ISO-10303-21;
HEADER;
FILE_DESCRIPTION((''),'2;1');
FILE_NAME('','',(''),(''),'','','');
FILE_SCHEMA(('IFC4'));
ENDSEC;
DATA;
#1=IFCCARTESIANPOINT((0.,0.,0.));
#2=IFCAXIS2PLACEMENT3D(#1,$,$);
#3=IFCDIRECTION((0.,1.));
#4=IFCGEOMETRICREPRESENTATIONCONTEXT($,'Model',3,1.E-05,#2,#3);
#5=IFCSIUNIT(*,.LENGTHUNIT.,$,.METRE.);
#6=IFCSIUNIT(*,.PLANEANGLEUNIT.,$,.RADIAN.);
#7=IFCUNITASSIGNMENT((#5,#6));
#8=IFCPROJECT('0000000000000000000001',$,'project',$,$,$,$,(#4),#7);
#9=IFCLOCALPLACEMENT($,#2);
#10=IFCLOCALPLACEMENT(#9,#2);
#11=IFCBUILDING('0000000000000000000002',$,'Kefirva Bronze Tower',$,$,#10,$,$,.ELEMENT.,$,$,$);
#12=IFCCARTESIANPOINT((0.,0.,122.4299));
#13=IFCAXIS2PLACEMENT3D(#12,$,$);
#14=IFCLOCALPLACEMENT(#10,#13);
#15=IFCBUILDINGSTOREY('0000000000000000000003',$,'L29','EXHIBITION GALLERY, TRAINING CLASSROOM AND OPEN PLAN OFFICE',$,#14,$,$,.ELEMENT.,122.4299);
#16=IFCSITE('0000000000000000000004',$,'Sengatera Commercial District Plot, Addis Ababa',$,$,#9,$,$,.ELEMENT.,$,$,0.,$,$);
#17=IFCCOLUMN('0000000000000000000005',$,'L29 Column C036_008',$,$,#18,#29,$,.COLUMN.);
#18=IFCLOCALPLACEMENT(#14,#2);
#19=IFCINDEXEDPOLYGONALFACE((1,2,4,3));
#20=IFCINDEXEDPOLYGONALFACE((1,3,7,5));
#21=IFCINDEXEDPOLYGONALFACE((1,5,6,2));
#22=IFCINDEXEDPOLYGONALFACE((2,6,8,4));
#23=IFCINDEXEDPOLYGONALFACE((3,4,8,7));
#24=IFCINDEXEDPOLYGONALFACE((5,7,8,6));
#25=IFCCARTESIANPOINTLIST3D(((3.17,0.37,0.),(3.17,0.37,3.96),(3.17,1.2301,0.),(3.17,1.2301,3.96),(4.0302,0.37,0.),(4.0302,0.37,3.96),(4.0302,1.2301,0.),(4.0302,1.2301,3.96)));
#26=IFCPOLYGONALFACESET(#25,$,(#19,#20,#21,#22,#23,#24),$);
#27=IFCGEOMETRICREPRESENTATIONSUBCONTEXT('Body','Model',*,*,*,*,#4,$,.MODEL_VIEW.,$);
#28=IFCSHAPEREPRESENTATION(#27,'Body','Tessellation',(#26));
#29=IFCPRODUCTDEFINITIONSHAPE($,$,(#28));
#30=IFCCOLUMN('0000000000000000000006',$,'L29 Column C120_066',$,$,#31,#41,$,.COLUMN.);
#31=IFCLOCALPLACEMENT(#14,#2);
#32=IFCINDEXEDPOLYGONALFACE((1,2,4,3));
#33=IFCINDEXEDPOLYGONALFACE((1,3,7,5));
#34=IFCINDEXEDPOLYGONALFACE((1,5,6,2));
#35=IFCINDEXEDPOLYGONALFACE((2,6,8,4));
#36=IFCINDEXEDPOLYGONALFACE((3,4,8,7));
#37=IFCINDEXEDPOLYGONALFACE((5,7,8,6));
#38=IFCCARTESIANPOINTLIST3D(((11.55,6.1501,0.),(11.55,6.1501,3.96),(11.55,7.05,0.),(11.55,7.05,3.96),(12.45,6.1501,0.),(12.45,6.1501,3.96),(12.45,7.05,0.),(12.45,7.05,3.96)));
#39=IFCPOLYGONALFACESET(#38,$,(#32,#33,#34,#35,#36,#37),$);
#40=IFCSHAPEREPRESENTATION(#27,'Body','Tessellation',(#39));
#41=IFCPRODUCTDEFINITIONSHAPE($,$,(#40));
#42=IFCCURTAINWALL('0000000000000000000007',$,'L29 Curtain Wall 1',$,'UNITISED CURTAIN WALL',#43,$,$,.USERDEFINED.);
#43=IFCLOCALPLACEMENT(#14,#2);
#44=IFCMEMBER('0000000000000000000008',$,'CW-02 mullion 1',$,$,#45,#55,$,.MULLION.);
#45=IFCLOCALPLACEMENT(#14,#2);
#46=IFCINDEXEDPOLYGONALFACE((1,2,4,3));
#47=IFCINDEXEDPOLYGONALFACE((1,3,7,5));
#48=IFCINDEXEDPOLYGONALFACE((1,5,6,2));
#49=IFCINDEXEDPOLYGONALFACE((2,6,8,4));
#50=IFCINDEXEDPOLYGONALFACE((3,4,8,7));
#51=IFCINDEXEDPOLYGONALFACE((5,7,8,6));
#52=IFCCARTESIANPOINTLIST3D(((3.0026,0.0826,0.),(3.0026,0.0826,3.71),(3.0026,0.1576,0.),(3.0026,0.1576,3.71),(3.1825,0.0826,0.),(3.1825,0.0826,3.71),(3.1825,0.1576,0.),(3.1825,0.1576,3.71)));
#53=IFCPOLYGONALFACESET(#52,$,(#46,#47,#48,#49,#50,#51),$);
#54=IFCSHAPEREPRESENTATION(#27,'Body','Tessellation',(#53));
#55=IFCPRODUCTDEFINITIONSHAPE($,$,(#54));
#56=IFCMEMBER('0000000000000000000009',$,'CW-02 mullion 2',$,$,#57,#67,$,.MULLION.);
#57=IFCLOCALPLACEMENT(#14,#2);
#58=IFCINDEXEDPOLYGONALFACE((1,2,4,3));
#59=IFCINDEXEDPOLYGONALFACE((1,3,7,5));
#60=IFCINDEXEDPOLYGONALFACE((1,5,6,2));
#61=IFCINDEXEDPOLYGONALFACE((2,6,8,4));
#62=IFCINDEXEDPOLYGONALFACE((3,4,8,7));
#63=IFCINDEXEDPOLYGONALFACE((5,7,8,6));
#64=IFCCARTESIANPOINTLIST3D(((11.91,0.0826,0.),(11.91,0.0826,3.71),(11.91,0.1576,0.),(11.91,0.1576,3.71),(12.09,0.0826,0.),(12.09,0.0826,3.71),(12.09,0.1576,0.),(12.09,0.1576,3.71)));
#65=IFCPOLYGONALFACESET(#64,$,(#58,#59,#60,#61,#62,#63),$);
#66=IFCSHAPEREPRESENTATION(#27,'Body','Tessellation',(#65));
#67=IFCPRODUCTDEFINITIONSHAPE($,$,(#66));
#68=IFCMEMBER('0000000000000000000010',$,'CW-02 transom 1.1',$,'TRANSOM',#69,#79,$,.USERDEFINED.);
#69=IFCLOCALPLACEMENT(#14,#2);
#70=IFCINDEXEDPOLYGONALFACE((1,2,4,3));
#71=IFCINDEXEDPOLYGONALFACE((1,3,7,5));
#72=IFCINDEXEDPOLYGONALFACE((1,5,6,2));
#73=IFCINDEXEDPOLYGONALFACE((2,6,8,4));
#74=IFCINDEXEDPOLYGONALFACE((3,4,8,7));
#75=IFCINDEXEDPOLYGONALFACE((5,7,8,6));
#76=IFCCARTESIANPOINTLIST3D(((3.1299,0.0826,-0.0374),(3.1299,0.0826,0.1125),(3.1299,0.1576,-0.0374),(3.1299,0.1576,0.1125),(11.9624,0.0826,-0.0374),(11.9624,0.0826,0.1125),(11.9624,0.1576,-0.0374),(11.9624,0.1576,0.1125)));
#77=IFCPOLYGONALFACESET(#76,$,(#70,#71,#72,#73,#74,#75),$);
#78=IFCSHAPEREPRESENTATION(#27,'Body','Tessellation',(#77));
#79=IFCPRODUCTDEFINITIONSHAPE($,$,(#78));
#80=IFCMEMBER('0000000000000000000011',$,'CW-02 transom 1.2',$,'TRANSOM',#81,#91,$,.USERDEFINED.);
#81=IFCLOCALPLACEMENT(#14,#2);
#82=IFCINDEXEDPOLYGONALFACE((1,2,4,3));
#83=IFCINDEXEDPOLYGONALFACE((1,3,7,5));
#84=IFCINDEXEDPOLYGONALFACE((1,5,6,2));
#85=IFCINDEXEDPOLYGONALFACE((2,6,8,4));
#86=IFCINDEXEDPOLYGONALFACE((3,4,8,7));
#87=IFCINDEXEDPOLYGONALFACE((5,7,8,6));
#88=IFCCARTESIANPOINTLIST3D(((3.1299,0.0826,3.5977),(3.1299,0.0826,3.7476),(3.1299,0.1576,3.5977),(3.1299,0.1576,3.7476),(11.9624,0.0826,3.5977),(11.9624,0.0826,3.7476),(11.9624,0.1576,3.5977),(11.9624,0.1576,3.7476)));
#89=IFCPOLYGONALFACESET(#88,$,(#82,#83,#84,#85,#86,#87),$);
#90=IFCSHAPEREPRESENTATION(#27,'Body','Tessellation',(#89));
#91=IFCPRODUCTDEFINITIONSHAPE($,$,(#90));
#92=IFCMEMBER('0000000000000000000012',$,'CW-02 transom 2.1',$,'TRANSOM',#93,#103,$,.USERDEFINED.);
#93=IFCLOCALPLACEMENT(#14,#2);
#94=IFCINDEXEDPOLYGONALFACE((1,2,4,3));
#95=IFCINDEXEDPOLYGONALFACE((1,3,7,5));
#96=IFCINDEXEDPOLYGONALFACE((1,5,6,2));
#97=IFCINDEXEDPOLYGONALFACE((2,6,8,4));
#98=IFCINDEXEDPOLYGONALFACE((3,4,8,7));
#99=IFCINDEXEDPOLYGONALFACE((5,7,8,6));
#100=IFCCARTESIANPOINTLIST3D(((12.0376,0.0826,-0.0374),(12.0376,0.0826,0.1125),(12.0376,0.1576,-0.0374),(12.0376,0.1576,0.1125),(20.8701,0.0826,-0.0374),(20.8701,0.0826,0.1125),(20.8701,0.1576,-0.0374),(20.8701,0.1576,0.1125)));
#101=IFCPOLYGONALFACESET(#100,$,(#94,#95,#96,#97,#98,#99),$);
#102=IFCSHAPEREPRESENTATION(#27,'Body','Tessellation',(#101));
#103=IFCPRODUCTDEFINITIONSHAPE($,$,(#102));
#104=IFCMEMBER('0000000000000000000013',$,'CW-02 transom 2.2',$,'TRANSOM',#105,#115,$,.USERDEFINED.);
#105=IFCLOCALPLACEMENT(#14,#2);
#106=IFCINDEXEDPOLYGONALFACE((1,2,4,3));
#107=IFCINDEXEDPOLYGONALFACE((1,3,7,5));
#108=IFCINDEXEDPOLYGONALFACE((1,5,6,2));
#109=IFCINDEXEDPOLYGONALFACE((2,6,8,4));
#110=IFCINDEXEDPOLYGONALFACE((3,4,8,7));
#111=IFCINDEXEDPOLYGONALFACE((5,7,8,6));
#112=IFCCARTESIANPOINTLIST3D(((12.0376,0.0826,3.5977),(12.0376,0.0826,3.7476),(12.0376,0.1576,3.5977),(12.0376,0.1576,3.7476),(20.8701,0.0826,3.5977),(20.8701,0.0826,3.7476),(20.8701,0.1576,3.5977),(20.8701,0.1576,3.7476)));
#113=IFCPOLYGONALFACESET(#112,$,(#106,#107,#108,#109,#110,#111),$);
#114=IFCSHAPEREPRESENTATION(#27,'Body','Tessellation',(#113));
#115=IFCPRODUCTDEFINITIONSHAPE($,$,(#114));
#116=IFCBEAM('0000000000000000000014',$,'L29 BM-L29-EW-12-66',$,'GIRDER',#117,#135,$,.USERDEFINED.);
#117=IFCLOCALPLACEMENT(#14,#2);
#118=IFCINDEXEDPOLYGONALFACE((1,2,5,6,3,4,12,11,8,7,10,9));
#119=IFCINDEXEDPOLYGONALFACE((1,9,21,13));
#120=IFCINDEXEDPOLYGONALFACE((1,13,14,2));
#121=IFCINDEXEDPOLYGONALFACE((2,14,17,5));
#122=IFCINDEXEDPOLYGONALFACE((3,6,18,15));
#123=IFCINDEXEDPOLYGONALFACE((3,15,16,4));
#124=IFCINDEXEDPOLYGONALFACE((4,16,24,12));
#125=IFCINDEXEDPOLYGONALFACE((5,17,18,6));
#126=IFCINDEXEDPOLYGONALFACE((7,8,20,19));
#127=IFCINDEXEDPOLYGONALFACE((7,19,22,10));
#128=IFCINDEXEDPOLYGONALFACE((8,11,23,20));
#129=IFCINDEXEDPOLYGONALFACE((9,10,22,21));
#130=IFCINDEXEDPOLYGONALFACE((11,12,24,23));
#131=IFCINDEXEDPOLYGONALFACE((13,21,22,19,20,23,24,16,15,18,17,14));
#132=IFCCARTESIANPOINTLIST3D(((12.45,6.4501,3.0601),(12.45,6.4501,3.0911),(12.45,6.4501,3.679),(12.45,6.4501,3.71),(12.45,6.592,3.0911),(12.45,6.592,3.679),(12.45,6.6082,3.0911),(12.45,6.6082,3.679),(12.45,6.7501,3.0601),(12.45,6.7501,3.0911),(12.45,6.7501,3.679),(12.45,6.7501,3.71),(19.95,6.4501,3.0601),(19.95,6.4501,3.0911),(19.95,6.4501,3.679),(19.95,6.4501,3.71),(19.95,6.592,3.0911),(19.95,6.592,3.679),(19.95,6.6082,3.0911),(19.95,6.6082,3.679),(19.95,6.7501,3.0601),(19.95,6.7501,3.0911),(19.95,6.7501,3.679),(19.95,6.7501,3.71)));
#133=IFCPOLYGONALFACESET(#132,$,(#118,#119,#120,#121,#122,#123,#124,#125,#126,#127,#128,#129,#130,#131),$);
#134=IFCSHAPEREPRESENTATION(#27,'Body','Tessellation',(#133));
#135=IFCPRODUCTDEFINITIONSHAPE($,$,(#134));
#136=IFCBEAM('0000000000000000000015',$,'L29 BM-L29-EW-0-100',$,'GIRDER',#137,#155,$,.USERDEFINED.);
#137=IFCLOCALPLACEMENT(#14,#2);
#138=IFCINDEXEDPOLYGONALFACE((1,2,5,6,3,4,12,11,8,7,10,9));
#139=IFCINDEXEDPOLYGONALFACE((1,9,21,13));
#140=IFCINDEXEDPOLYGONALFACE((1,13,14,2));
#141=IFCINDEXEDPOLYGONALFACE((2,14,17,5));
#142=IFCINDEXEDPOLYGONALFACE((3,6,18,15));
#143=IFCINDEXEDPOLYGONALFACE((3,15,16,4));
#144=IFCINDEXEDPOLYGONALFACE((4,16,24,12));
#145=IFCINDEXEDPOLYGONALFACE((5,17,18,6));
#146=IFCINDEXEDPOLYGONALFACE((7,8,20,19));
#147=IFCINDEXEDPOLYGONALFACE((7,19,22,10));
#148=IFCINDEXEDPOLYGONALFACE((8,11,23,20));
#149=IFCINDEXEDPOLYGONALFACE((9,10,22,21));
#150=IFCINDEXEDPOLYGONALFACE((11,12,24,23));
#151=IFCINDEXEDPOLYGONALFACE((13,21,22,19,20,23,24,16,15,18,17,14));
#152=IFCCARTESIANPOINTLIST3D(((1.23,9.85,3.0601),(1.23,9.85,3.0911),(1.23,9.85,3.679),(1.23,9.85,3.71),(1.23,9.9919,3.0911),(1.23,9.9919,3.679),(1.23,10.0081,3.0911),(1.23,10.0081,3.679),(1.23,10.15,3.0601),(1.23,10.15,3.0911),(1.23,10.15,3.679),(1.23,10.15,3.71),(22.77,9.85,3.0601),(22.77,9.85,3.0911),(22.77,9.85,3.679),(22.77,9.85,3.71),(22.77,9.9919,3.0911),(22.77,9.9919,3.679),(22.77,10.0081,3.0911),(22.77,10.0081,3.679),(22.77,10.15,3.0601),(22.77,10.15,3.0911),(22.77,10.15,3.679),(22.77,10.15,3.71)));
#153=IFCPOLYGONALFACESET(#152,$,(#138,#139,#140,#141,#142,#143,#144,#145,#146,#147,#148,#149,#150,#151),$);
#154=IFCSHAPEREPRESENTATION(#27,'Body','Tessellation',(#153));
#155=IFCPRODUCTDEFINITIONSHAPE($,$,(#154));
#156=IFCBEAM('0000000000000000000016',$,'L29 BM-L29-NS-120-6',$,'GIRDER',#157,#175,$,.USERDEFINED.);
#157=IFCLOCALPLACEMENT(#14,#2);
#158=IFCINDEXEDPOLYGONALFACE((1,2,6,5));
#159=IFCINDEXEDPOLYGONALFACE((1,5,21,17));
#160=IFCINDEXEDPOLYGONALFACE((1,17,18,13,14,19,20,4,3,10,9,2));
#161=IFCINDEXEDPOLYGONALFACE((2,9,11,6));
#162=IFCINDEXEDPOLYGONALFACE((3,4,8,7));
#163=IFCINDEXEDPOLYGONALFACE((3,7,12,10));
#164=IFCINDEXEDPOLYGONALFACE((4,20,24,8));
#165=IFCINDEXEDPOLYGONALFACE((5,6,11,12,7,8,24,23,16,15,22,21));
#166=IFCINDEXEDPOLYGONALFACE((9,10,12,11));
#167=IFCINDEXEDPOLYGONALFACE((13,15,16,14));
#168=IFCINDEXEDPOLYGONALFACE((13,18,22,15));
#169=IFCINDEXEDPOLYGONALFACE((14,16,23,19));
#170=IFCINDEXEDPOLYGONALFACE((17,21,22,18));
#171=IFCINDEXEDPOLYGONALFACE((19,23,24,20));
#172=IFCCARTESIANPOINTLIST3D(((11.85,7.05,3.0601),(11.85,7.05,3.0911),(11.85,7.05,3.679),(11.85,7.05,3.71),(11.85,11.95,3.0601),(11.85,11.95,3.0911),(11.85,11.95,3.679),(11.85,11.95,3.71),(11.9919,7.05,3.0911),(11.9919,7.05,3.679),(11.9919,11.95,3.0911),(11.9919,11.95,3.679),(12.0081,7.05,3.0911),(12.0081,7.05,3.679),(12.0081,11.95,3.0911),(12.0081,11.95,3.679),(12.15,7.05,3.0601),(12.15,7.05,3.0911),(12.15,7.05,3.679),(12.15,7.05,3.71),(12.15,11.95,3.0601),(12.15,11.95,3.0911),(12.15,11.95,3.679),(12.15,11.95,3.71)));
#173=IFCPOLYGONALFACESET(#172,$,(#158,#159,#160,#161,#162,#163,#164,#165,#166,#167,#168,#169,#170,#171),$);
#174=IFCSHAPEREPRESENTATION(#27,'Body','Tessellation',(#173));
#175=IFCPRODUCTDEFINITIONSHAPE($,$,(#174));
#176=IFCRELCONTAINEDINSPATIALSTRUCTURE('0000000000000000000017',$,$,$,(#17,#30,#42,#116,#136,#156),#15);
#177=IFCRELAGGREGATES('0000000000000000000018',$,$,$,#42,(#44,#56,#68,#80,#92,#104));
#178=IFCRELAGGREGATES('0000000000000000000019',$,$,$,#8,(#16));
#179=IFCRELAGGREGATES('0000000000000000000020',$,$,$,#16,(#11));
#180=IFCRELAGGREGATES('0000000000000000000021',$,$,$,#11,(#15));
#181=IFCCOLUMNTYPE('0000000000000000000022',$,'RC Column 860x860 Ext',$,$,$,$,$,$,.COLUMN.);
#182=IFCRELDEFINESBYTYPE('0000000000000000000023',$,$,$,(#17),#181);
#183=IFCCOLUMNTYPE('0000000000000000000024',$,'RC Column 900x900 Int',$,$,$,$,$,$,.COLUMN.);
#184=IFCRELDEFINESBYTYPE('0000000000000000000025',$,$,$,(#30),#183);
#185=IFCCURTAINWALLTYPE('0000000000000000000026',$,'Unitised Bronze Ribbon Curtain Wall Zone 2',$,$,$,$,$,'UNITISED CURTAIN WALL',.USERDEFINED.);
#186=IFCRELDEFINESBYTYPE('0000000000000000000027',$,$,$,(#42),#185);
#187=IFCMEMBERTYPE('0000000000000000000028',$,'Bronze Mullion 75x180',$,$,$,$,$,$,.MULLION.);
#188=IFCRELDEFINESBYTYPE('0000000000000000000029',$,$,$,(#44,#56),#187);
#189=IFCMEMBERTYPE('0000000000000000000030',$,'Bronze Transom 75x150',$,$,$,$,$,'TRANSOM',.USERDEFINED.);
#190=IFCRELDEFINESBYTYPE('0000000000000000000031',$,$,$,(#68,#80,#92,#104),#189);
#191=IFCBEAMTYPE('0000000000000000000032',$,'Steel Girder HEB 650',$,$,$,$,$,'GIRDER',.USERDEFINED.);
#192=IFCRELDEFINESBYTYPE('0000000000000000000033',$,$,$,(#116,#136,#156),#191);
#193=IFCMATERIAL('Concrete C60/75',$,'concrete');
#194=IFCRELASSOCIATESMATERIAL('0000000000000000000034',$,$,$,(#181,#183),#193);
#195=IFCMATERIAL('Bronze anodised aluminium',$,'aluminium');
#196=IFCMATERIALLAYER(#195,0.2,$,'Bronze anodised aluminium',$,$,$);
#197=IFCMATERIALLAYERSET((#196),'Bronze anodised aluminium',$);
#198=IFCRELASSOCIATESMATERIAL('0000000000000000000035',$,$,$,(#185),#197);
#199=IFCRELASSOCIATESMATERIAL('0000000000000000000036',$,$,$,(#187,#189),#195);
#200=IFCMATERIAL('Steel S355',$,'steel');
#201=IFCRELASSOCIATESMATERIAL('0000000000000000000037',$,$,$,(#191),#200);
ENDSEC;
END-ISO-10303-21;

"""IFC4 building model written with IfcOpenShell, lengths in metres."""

from ifc_helpers import new_model, si_unit, direction, frame, origin, origin_2d, place, context, subcontext, project, spatial, rectangle, i_section, extrude, material, layer, layer_set, material_profile, profile_set, type_object, element, aggregate, save


model = new_model("IFC4")

# Units and contexts
model_context = context("Model", 3, precision=1e-05, world=origin(), true_north=direction((0.0, 1.0)))
body_context = subcontext(model_context, "Body", "Model", "MODEL_VIEW")
ifc_project = project(units=[si_unit("LENGTHUNIT", "METRE"), si_unit("PLANEANGLEUNIT", "RADIAN")], contexts=[model_context])

# Site, building, storey
site_placement = place(None, origin())
site = spatial("IfcSite", under=ifc_project, at=site_placement, Name="Sengatera Commercial District Plot, Addis Ababa", CompositionType="ELEMENT", RefElevation=0.0)
building_placement = place(site_placement, origin())
building = spatial("IfcBuilding", under=site, at=building_placement, Name="Kefirva Bronze Tower", CompositionType="ELEMENT")
storey_placement = place(building_placement, frame((0.0, 0.0, 122.4299)))
storey = spatial("IfcBuildingStorey", under=building, at=storey_placement, Name="L29", Description="EXHIBITION GALLERY, TRAINING CLASSROOM AND OPEN PLAN OFFICE", CompositionType="ELEMENT", Elevation=122.4299)

# Columns
ifc_material_1 = material(Name="Concrete C60/75", Category="concrete")
ifc_material_profile_1 = material_profile(ifc_material_1, rectangle(XDim=0.8601, YDim=0.8601, at=origin_2d()), Name="RC 860x860")
ifc_profile_set_1 = profile_set([ifc_material_profile_1], Name="Concrete C60/75")
column_type_1 = type_object("IfcColumnType", Name="RC Column 860x860 Ext", PredefinedType="COLUMN", material=ifc_profile_set_1)
column_1_placement = place(storey_placement, frame((3.6001, 0.8, 0.0), z_axis=(0.0, 0.0, 1.0), x_axis=(1.0, 0.0, 0.0)))
element("IfcColumn", 1, at=column_1_placement, inside=storey, type_object=column_type_1, Name="L29 Column C036_008", PredefinedType="COLUMN", context=body_context, shape_type="SweptSolid", body=[
    extrude(rectangle(XDim=0.8601, YDim=0.8601, at=origin_2d()), origin(), (0.0, 0.0, 1.0), 3.96),
])
ifc_material_profile_2 = material_profile(ifc_material_1, rectangle(XDim=0.8999, YDim=0.8999, at=origin_2d()), Name="RC 900x900")
ifc_profile_set_2 = profile_set([ifc_material_profile_2], Name="Concrete C60/75")
column_type_2 = type_object("IfcColumnType", Name="RC Column 900x900 Int", PredefinedType="COLUMN", material=ifc_profile_set_2)
column_2_placement = place(storey_placement, frame((12.0, 6.6001, 0.0), z_axis=(0.0, 0.0, 1.0), x_axis=(1.0, 0.0, 0.0)))
element("IfcColumn", 2, at=column_2_placement, inside=storey, type_object=column_type_2, Name="L29 Column C120_066", PredefinedType="COLUMN", context=body_context, shape_type="SweptSolid", body=[
    extrude(rectangle(XDim=0.8999, YDim=0.8999, at=origin_2d()), origin(), (0.0, 0.0, 1.0), 3.96),
])

# Curtain wall, members
ifc_material_2 = material(Name="Bronze anodised aluminium", Category="aluminium")
ifc_layer_1 = layer(ifc_material_2, 0.2, Name="Bronze anodised aluminium")
ifc_layer_set_1 = layer_set([ifc_layer_1], Name="Bronze anodised aluminium")
curtain_wall_type = type_object("IfcCurtainWallType", Name="Unitised Bronze Ribbon Curtain Wall Zone 2", ElementType="UNITISED CURTAIN WALL", PredefinedType="USERDEFINED", material=ifc_layer_set_1)
curtain_wall_placement = place(storey_placement, origin())
curtain_wall = element("IfcCurtainWall", 3, at=curtain_wall_placement, inside=storey, type_object=curtain_wall_type, Name="L29 Curtain Wall 1", ObjectType="UNITISED CURTAIN WALL", PredefinedType="USERDEFINED")
ifc_material_profile_3 = material_profile(ifc_material_2, rectangle(XDim=0.075, YDim=0.1799, at=origin_2d()), Name="ALU 75x180")
ifc_profile_set_3 = profile_set([ifc_material_profile_3], Name="Bronze anodised aluminium")
member_type_1 = type_object("IfcMemberType", Name="Bronze Mullion 75x180", PredefinedType="MULLION", material=ifc_profile_set_3)
member_1_placement = place(storey_placement, frame((3.0925, 0.1201, 0.0), z_axis=(0.0, 0.0, 1.0), x_axis=(0.0, 1.0, 0.0)))
member_1 = element("IfcMember", 4, at=member_1_placement, type_object=member_type_1, Name="CW-02 mullion 1", PredefinedType="MULLION", context=body_context, shape_type="SweptSolid", body=[
    extrude(rectangle(XDim=0.075, YDim=0.1799, at=origin_2d()), origin(), (0.0, 0.0, 1.0), 3.71),
])
member_2_placement = place(storey_placement, frame((12.0, 0.1201, 0.0), z_axis=(0.0, 0.0, 1.0), x_axis=(0.0, 1.0, 0.0)))
member_2 = element("IfcMember", 5, at=member_2_placement, type_object=member_type_1, Name="CW-02 mullion 2", PredefinedType="MULLION", context=body_context, shape_type="SweptSolid", body=[
    extrude(rectangle(XDim=0.075, YDim=0.1799, at=origin_2d()), origin(), (0.0, 0.0, 1.0), 3.71),
])
ifc_material_profile_4 = material_profile(ifc_material_2, rectangle(XDim=0.075, YDim=0.1499, at=origin_2d()), Name="ALU 75x150")
ifc_profile_set_4 = profile_set([ifc_material_profile_4], Name="Bronze anodised aluminium")
member_type_2 = type_object("IfcMemberType", Name="Bronze Transom 75x150", ElementType="TRANSOM", PredefinedType="USERDEFINED", material=ifc_profile_set_4)
member_3_placement = place(storey_placement, frame((3.1299, 0.1201, 0.0376), z_axis=(1.0, 0.0, 0.0), x_axis=(0.0, 1.0, 0.0)))
member_3 = element("IfcMember", 6, at=member_3_placement, type_object=member_type_2, Name="CW-02 transom 1.1", ObjectType="TRANSOM", PredefinedType="USERDEFINED", context=body_context, shape_type="SweptSolid", body=[
    extrude(rectangle(XDim=0.075, YDim=0.1499, at=origin_2d()), origin(), (0.0, 0.0, 1.0), 8.8325),
])
member_4_placement = place(storey_placement, frame((3.1299, 0.1201, 3.6726), z_axis=(1.0, 0.0, 0.0), x_axis=(0.0, 1.0, 0.0)))
member_4 = element("IfcMember", 7, at=member_4_placement, type_object=member_type_2, Name="CW-02 transom 1.2", ObjectType="TRANSOM", PredefinedType="USERDEFINED", context=body_context, shape_type="SweptSolid", body=[
    extrude(rectangle(XDim=0.075, YDim=0.1499, at=origin_2d()), origin(), (0.0, 0.0, 1.0), 8.8325),
])
member_5_placement = place(storey_placement, frame((12.0376, 0.1201, 0.0376), z_axis=(1.0, 0.0, 0.0), x_axis=(0.0, 1.0, 0.0)))
member_5 = element("IfcMember", 8, at=member_5_placement, type_object=member_type_2, Name="CW-02 transom 2.1", ObjectType="TRANSOM", PredefinedType="USERDEFINED", context=body_context, shape_type="SweptSolid", body=[
    extrude(rectangle(XDim=0.075, YDim=0.1499, at=origin_2d()), origin(), (0.0, 0.0, 1.0), 8.8325),
])
member_6_placement = place(storey_placement, frame((12.0376, 0.1201, 3.6726), z_axis=(1.0, 0.0, 0.0), x_axis=(0.0, 1.0, 0.0)))
member_6 = element("IfcMember", 9, at=member_6_placement, type_object=member_type_2, Name="CW-02 transom 2.2", ObjectType="TRANSOM", PredefinedType="USERDEFINED", context=body_context, shape_type="SweptSolid", body=[
    extrude(rectangle(XDim=0.075, YDim=0.1499, at=origin_2d()), origin(), (0.0, 0.0, 1.0), 8.8325),
])

# Beams
ifc_material_3 = material(Name="Steel S355", Category="steel")
ifc_material_profile_5 = material_profile(ifc_material_3, i_section(OverallWidth=0.3, OverallDepth=0.6499, WebThickness=0.0161, FlangeThickness=0.031, at=origin_2d()), Name="HEB 650")
ifc_profile_set_5 = profile_set([ifc_material_profile_5], Name="Steel S355")
beam_type_1 = type_object("IfcBeamType", Name="Steel Girder HEB 650", ElementType="GIRDER", PredefinedType="USERDEFINED", material=ifc_profile_set_5)
beam_1_placement = place(storey_placement, frame((12.45, 6.6001, 3.385), z_axis=(1.0, 0.0, 0.0), x_axis=(0.0, 1.0, 0.0)))
element("IfcBeam", 10, at=beam_1_placement, inside=storey, type_object=beam_type_1, Name="L29 BM-L29-EW-12-66", ObjectType="GIRDER", PredefinedType="USERDEFINED", context=body_context, shape_type="SweptSolid", body=[
    extrude(i_section(OverallWidth=0.3, OverallDepth=0.6499, WebThickness=0.0161, FlangeThickness=0.031, at=origin_2d()), origin(), (0.0, 0.0, 1.0), 7.5),
])
beam_2_placement = place(storey_placement, frame((1.23, 10.0, 3.385), z_axis=(1.0, 0.0, 0.0), x_axis=(0.0, 1.0, 0.0)))
element("IfcBeam", 11, at=beam_2_placement, inside=storey, type_object=beam_type_1, Name="L29 BM-L29-EW-0-100", ObjectType="GIRDER", PredefinedType="USERDEFINED", context=body_context, shape_type="SweptSolid", body=[
    extrude(i_section(OverallWidth=0.3, OverallDepth=0.6499, WebThickness=0.0161, FlangeThickness=0.031, at=origin_2d()), origin(), (0.0, 0.0, 1.0), 21.54),
])
beam_3_placement = place(storey_placement, frame((12.0, 7.05, 3.385), z_axis=(0.0, 1.0, 0.0), x_axis=(-1.0, 0.0, 0.0)))
element("IfcBeam", 12, at=beam_3_placement, inside=storey, type_object=beam_type_1, Name="L29 BM-L29-NS-120-6", ObjectType="GIRDER", PredefinedType="USERDEFINED", context=body_context, shape_type="SweptSolid", body=[
    extrude(i_section(OverallWidth=0.3, OverallDepth=0.6499, WebThickness=0.0161, FlangeThickness=0.031, at=origin_2d()), origin(), (0.0, 0.0, 1.0), 4.8999),
])

aggregate(curtain_wall, [member_1, member_2, member_3, member_4, member_5, member_6])

save(model, "model.ifc")
